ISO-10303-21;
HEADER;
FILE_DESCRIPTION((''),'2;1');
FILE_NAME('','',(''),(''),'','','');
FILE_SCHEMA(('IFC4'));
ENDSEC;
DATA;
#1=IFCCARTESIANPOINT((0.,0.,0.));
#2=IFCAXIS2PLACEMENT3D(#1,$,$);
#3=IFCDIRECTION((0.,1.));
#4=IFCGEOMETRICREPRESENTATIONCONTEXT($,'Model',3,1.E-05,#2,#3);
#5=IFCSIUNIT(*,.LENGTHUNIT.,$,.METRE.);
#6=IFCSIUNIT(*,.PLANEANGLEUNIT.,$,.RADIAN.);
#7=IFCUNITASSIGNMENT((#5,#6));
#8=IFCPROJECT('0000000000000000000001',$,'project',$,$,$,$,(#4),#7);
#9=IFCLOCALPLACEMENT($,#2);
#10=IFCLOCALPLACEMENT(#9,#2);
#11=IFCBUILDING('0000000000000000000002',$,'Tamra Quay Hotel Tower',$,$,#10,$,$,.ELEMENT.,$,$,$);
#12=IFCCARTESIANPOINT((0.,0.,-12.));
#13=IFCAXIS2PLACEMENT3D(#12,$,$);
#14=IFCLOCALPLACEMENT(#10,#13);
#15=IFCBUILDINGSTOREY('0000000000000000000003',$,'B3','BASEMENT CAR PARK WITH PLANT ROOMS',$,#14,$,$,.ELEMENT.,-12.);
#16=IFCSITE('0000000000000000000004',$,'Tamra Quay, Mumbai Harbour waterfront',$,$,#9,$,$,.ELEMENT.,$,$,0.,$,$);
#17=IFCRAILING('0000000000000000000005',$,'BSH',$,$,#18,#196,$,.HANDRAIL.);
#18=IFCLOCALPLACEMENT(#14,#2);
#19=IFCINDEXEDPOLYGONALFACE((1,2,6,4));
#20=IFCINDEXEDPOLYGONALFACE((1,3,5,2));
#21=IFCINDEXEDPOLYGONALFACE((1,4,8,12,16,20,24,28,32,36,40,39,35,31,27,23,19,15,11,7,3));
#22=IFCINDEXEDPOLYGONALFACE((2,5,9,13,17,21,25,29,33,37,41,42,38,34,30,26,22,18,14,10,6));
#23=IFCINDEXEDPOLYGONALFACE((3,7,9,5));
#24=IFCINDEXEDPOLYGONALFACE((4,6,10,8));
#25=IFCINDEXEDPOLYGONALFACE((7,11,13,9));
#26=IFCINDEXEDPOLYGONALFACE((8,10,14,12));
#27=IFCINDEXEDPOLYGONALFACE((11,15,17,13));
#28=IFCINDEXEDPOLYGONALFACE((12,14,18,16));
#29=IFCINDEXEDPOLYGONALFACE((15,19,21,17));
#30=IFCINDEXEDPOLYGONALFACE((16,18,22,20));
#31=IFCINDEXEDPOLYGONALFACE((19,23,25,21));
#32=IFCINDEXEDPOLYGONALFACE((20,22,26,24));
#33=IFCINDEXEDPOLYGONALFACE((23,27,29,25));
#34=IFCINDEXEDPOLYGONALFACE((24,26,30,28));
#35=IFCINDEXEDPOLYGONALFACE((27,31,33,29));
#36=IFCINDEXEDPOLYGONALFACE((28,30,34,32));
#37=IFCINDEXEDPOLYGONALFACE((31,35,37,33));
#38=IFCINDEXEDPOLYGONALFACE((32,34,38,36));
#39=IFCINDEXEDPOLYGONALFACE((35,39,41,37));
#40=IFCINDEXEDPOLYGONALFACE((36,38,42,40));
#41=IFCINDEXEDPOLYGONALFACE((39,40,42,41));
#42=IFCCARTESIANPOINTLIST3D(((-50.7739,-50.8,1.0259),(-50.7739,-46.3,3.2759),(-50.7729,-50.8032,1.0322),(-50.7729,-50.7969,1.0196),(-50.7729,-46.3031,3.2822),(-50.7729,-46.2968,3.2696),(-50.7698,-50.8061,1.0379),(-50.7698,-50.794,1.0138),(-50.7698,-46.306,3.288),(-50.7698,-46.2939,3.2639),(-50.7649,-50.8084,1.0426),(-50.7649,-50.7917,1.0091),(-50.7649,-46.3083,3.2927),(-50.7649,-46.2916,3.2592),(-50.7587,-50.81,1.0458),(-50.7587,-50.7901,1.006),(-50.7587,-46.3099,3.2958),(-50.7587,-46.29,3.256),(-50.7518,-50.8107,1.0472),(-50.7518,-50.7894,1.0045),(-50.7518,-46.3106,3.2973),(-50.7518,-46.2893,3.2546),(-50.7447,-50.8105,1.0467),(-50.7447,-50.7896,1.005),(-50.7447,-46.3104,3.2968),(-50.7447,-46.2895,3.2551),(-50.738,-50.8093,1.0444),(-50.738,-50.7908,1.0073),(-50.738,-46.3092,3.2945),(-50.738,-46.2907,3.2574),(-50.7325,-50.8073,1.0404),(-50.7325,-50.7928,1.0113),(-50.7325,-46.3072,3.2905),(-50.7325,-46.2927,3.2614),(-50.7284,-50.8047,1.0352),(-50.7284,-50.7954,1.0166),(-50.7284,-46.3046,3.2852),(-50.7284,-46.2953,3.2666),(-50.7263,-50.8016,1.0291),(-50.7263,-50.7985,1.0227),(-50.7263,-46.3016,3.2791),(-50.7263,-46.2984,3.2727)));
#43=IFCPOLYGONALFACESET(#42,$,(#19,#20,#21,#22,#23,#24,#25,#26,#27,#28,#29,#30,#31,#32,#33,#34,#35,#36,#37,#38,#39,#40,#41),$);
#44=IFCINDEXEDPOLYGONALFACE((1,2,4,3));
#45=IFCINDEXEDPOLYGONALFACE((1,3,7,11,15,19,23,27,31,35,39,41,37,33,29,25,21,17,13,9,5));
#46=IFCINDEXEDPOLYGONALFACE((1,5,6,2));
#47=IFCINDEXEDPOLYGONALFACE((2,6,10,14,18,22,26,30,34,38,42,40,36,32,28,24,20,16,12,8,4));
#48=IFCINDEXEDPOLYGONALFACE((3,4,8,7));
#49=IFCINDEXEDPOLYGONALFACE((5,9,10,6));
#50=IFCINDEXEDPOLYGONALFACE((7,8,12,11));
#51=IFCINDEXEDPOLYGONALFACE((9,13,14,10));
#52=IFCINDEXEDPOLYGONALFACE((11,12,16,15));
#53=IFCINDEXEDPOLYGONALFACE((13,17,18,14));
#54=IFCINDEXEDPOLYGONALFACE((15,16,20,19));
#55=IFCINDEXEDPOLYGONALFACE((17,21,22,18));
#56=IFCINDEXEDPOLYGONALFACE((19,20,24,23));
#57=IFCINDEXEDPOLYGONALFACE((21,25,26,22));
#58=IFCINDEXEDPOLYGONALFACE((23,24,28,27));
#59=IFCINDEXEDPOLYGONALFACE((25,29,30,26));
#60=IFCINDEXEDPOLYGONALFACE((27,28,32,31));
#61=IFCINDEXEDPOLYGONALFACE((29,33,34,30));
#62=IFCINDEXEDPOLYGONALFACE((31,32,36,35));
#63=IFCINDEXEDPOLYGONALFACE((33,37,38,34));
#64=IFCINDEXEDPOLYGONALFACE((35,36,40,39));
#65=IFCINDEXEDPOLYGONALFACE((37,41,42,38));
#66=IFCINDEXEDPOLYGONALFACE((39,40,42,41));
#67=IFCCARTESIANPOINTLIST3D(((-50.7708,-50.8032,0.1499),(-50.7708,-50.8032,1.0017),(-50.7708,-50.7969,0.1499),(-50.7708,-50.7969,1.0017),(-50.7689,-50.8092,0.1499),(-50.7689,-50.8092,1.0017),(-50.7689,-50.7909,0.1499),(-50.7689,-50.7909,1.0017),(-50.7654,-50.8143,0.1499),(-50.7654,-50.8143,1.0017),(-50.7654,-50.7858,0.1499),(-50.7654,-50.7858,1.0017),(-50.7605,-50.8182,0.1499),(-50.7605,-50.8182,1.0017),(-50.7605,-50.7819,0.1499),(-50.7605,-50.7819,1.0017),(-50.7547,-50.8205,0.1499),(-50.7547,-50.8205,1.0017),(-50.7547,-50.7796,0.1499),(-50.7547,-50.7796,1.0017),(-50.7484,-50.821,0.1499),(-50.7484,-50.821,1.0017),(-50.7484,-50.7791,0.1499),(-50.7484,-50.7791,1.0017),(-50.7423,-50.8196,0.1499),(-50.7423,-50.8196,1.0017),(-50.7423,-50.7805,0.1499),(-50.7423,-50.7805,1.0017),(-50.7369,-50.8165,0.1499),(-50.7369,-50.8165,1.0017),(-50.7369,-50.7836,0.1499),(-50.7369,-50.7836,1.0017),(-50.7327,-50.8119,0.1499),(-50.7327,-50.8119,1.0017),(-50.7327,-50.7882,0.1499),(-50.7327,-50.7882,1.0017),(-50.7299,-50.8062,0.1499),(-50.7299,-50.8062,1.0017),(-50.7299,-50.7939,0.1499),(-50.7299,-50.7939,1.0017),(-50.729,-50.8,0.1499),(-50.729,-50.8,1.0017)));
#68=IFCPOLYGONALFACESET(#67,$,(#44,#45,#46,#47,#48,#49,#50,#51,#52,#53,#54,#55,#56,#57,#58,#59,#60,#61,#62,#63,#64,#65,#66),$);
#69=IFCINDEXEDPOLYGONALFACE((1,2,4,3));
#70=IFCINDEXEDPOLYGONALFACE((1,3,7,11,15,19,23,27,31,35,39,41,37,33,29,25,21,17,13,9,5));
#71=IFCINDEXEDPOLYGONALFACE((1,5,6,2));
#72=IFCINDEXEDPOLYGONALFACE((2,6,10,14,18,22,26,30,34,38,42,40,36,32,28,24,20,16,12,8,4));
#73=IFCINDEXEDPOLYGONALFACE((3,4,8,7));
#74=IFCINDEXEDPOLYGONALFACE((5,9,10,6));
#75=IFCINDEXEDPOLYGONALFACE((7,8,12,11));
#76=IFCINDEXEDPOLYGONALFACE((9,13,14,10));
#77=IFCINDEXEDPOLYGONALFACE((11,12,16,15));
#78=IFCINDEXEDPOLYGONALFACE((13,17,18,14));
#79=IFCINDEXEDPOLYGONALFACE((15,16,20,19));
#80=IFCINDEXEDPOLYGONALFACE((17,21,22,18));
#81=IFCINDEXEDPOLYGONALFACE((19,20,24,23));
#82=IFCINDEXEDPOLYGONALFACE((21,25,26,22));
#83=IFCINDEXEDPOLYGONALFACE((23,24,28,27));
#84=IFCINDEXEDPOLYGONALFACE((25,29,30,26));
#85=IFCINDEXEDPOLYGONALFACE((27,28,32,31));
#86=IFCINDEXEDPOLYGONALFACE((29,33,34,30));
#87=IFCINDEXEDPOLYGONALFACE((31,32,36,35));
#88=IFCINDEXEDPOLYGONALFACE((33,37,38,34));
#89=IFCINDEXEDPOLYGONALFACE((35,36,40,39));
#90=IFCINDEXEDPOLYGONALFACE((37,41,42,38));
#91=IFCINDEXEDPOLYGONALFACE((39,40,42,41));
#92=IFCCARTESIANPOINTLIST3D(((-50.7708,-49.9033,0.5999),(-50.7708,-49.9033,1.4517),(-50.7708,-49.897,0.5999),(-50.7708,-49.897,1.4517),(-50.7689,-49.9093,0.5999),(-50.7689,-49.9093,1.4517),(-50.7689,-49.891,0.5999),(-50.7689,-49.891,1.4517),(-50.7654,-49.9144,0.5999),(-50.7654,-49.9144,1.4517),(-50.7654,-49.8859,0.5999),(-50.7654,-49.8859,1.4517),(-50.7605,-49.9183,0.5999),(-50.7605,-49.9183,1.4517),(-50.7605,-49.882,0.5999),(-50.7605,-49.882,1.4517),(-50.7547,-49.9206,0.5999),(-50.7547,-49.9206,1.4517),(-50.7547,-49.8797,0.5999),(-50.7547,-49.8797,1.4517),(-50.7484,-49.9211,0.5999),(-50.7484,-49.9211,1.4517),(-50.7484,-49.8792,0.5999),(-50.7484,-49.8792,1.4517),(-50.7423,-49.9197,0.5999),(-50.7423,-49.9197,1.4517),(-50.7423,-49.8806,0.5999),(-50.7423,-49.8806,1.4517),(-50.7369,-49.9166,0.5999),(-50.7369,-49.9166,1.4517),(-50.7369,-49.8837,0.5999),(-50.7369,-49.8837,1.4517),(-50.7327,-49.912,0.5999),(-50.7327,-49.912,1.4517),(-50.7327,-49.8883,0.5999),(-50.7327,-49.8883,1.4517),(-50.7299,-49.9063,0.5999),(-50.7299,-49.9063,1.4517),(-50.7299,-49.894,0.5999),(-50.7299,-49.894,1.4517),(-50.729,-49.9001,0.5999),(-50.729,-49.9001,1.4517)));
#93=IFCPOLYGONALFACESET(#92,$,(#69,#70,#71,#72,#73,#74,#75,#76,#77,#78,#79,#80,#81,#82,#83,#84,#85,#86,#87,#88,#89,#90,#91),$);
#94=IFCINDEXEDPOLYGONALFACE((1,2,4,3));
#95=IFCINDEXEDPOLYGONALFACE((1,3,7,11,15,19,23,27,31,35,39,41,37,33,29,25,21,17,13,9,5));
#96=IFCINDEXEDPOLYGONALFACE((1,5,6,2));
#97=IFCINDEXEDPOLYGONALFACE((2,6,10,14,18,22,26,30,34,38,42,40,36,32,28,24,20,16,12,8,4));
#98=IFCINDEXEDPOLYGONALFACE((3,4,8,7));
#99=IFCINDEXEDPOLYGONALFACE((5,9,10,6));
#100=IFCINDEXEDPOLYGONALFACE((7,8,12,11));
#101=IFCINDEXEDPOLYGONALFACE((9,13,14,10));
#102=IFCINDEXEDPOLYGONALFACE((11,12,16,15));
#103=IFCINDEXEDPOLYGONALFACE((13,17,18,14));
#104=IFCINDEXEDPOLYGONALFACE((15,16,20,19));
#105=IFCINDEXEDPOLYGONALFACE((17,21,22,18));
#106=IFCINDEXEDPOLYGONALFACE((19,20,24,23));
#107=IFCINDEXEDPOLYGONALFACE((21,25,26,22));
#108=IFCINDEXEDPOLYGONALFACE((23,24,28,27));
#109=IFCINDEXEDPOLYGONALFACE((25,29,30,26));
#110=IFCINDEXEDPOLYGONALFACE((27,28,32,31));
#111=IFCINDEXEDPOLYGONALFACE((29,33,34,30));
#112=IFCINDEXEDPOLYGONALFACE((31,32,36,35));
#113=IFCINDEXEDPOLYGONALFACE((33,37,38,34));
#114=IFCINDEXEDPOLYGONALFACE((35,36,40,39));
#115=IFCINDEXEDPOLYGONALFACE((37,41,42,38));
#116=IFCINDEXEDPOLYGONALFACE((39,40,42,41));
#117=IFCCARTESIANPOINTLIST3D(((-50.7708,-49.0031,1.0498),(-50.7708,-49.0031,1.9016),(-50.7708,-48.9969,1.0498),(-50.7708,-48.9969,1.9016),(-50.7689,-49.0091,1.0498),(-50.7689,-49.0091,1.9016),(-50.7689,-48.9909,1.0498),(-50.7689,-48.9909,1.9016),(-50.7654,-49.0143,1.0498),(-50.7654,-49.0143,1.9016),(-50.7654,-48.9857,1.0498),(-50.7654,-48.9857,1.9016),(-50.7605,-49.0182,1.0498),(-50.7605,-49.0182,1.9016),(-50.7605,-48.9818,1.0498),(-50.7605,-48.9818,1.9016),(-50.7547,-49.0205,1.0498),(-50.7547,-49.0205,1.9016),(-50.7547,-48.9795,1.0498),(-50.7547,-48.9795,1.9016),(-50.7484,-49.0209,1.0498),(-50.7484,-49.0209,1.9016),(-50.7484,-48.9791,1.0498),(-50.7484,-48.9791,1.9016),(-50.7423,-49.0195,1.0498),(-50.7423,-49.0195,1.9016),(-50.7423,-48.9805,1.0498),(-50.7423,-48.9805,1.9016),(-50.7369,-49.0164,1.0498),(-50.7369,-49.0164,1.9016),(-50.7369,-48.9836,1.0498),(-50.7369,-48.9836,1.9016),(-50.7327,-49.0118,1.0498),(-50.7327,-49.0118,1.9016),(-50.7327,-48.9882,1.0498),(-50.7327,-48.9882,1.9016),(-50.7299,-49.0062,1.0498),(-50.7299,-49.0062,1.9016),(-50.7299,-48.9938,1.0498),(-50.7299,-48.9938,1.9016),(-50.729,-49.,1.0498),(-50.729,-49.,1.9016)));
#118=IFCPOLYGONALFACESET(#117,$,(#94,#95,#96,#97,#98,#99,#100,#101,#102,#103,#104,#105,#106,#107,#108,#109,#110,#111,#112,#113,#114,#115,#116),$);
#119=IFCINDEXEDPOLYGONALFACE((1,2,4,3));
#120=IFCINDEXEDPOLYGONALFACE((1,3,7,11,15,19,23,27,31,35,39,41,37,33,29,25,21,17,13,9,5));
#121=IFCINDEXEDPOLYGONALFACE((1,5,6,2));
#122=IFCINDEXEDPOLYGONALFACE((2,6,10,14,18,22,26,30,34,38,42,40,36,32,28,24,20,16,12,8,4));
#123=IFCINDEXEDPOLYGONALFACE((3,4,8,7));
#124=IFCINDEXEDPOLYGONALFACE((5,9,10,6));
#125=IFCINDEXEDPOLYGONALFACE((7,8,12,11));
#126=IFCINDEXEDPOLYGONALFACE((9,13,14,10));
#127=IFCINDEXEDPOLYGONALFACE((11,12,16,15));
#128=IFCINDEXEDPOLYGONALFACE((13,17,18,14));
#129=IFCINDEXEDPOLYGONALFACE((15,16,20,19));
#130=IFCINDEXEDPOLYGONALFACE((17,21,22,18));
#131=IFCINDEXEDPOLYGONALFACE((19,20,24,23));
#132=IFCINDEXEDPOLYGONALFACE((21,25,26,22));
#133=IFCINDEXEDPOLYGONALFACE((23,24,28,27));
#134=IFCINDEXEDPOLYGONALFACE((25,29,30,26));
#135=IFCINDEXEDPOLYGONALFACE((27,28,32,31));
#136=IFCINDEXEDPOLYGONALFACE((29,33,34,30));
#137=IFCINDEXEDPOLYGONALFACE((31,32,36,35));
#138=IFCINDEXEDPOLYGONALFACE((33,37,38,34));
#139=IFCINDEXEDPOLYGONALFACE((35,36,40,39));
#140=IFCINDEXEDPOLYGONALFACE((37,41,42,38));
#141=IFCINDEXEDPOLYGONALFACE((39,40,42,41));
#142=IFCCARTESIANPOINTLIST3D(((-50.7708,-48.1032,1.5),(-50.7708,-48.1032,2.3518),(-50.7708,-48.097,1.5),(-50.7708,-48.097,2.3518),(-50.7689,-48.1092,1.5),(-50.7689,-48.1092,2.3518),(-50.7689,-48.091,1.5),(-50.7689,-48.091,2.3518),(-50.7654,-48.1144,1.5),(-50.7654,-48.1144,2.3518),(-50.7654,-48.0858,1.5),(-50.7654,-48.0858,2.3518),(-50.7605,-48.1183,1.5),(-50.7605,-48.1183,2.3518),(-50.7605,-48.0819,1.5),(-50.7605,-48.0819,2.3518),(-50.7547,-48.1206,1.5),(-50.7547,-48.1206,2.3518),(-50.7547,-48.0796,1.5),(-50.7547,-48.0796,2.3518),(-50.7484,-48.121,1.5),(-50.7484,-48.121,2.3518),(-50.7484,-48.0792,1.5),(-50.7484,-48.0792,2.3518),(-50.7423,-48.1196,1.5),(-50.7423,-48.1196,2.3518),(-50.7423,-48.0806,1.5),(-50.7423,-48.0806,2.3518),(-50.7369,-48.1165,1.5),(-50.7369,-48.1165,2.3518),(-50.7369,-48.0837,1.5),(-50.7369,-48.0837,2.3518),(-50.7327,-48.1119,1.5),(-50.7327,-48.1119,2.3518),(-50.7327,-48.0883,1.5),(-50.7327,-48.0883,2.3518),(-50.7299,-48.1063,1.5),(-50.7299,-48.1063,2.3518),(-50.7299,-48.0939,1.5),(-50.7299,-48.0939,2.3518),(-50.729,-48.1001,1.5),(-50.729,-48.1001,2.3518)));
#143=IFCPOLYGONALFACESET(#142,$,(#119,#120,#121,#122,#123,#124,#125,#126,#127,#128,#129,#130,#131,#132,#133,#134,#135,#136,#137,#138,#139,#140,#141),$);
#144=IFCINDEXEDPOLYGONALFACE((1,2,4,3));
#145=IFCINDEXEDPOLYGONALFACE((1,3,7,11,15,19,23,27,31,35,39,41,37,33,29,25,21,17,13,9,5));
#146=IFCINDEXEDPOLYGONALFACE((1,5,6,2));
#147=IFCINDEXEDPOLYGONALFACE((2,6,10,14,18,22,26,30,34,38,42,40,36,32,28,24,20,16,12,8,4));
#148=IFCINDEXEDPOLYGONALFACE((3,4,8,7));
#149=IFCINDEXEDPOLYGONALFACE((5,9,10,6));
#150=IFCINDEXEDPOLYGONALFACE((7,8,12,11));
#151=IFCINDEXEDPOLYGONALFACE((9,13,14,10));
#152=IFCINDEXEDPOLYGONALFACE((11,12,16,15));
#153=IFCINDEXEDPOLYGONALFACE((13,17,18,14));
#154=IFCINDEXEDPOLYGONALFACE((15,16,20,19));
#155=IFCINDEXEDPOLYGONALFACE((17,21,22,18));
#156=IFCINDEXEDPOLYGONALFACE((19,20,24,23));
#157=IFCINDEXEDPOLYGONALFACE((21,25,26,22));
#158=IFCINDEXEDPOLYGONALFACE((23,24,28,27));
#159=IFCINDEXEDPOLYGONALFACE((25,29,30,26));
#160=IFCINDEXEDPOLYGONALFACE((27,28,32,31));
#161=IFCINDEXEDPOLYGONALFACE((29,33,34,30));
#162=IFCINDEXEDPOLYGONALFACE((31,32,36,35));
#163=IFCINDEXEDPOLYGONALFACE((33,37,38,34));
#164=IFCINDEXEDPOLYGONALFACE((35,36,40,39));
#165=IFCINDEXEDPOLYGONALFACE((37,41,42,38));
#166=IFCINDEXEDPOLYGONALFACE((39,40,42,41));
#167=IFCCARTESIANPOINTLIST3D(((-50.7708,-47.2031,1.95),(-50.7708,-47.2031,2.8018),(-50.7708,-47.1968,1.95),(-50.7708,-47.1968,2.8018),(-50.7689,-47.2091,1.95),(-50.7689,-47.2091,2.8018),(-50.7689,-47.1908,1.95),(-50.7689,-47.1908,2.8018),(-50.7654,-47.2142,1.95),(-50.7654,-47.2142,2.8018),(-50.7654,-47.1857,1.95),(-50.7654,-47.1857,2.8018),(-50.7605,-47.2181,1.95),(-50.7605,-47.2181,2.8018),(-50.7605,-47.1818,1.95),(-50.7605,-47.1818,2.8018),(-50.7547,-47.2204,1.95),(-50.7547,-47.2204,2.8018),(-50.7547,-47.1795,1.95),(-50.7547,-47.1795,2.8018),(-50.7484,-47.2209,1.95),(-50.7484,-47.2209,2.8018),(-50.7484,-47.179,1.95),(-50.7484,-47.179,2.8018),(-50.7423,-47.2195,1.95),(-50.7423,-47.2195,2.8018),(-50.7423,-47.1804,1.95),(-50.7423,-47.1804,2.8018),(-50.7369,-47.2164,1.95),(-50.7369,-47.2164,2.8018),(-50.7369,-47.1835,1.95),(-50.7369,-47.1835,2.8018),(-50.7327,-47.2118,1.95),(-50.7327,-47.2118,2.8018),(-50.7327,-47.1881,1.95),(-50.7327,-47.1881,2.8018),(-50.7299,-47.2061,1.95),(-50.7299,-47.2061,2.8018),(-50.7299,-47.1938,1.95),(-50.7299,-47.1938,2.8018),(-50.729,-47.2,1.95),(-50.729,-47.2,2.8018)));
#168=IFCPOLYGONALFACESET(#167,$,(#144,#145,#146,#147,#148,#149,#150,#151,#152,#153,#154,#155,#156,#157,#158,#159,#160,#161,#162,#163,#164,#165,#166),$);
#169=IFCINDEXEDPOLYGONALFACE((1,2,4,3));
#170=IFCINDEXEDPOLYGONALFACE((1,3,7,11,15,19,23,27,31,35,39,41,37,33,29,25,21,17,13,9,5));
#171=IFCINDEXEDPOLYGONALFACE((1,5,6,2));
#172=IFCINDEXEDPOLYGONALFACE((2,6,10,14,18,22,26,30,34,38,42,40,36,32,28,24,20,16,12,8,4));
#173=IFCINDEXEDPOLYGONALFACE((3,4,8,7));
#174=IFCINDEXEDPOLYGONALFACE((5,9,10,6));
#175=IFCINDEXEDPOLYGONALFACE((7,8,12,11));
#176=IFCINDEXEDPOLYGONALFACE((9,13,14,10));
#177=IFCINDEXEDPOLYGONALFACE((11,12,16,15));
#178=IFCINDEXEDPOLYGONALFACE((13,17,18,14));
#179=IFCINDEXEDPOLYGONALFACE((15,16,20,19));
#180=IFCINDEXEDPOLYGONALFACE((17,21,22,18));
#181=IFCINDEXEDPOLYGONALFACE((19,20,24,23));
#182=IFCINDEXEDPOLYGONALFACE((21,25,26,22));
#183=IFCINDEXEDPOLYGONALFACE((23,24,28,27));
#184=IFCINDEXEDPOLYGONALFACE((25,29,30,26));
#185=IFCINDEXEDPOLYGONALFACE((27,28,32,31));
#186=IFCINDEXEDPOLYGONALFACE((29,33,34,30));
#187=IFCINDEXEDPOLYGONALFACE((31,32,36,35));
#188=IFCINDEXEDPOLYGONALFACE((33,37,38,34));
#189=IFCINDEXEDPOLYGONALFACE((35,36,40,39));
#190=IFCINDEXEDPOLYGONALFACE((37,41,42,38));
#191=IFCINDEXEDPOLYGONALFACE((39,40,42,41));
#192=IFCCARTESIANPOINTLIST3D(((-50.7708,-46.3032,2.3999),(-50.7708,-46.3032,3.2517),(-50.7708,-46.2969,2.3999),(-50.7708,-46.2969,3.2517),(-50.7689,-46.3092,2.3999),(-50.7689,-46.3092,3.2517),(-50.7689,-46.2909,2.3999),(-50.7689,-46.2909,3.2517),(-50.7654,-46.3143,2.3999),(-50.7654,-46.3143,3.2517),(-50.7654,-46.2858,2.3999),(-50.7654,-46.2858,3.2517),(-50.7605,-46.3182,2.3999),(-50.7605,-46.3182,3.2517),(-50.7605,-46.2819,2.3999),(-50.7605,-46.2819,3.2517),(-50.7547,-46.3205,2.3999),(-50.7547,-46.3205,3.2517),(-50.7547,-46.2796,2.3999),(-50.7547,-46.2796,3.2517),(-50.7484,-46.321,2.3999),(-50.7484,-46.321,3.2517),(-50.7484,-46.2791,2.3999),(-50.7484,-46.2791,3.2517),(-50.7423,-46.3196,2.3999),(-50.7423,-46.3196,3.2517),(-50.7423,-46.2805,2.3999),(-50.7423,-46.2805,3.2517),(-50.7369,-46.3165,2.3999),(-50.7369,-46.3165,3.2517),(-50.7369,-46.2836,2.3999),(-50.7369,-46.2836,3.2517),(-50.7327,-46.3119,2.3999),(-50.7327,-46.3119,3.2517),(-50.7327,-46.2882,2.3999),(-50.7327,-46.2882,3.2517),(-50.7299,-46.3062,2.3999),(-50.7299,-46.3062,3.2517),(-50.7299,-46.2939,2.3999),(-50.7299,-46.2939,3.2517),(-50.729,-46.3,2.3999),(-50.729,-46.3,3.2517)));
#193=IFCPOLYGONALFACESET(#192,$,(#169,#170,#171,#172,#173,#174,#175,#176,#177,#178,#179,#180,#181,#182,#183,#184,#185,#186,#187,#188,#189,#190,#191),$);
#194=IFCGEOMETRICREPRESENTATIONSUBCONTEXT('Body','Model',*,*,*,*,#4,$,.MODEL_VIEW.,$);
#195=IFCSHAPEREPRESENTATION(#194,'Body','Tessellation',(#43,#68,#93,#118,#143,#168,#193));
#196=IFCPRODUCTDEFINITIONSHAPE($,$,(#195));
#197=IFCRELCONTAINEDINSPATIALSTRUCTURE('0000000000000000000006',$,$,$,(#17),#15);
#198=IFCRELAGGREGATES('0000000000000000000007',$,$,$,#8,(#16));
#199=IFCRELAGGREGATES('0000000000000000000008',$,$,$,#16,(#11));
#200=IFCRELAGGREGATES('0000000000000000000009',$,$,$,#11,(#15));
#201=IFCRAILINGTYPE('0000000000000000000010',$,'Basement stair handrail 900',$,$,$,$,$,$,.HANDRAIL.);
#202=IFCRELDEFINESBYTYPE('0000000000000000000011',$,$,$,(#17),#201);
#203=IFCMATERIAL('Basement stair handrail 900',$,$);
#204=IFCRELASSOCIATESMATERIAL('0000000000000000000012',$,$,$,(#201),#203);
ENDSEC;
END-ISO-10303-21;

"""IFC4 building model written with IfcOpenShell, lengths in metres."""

from ifc_helpers import new_model, si_unit, direction, frame, origin, origin_2d, place, context, subcontext, project, spatial, circle, extrude, material, type_object, element, save


model = new_model("IFC4")

# Units and contexts
model_context = context("Model", 3, precision=1e-05, world=origin(), true_north=direction((0.0, 1.0)))
body_context = subcontext(model_context, "Body", "Model", "MODEL_VIEW")
ifc_project = project(units=[si_unit("LENGTHUNIT", "METRE"), si_unit("PLANEANGLEUNIT", "RADIAN")], contexts=[model_context])

# Site, building, storey
site_placement = place(None, origin())
site = spatial("IfcSite", under=ifc_project, at=site_placement, Name="Tamra Quay, Mumbai Harbour waterfront", CompositionType="ELEMENT", RefElevation=0.0)
building_placement = place(site_placement, origin())
building = spatial("IfcBuilding", under=site, at=building_placement, Name="Tamra Quay Hotel Tower", CompositionType="ELEMENT")
storey_placement = place(building_placement, frame((0.0, 0.0, -12.0)))
storey = spatial("IfcBuildingStorey", under=building, at=storey_placement, Name="B3", Description="BASEMENT CAR PARK WITH PLANT ROOMS", CompositionType="ELEMENT", Elevation=-12.0)

# Railing
ifc_material_1 = material(Name="Basement stair handrail 900")
railing_type_1 = type_object("IfcRailingType", Name="Basement stair handrail 900", PredefinedType="HANDRAIL", material=ifc_material_1)
railing_1_placement = place(storey_placement, frame((-50.75, -50.8, 0.1499)))
element("IfcRailing", 1, at=railing_1_placement, inside=storey, type_object=railing_type_1, Name="BSH", PredefinedType="HANDRAIL", context=body_context, shape_type="SweptSolid", body=[
    extrude(circle(Radius=0.0239, at=origin_2d()), frame((0.0, 0.0, 0.876), z_axis=(0.0, 0.894427, 0.447214), x_axis=(-1.0, 0.0, 0.0)), (0.0, 0.0, 1.0), 5.0312),
    extrude(circle(Radius=0.021, at=origin_2d()), origin(), (0.0, 0.0, 1.0), 0.8518),
    extrude(circle(Radius=0.021, at=origin_2d()), frame((0.0, 0.8999, 0.45)), (0.0, 0.0, 1.0), 0.8518),
    extrude(circle(Radius=0.021, at=origin_2d()), frame((0.0, 1.8, 0.8999)), (0.0, 0.0, 1.0), 0.8518),
    extrude(circle(Radius=0.021, at=origin_2d()), frame((0.0, 2.7, 1.3501)), (0.0, 0.0, 1.0), 0.8518),
    extrude(circle(Radius=0.021, at=origin_2d()), frame((0.0, 3.6001, 1.8)), (0.0, 0.0, 1.0), 0.8518),
    extrude(circle(Radius=0.021, at=origin_2d()), frame((0.0, 4.5, 2.25)), (0.0, 0.0, 1.0), 0.8518),
])

save(model, "model.ifc")
